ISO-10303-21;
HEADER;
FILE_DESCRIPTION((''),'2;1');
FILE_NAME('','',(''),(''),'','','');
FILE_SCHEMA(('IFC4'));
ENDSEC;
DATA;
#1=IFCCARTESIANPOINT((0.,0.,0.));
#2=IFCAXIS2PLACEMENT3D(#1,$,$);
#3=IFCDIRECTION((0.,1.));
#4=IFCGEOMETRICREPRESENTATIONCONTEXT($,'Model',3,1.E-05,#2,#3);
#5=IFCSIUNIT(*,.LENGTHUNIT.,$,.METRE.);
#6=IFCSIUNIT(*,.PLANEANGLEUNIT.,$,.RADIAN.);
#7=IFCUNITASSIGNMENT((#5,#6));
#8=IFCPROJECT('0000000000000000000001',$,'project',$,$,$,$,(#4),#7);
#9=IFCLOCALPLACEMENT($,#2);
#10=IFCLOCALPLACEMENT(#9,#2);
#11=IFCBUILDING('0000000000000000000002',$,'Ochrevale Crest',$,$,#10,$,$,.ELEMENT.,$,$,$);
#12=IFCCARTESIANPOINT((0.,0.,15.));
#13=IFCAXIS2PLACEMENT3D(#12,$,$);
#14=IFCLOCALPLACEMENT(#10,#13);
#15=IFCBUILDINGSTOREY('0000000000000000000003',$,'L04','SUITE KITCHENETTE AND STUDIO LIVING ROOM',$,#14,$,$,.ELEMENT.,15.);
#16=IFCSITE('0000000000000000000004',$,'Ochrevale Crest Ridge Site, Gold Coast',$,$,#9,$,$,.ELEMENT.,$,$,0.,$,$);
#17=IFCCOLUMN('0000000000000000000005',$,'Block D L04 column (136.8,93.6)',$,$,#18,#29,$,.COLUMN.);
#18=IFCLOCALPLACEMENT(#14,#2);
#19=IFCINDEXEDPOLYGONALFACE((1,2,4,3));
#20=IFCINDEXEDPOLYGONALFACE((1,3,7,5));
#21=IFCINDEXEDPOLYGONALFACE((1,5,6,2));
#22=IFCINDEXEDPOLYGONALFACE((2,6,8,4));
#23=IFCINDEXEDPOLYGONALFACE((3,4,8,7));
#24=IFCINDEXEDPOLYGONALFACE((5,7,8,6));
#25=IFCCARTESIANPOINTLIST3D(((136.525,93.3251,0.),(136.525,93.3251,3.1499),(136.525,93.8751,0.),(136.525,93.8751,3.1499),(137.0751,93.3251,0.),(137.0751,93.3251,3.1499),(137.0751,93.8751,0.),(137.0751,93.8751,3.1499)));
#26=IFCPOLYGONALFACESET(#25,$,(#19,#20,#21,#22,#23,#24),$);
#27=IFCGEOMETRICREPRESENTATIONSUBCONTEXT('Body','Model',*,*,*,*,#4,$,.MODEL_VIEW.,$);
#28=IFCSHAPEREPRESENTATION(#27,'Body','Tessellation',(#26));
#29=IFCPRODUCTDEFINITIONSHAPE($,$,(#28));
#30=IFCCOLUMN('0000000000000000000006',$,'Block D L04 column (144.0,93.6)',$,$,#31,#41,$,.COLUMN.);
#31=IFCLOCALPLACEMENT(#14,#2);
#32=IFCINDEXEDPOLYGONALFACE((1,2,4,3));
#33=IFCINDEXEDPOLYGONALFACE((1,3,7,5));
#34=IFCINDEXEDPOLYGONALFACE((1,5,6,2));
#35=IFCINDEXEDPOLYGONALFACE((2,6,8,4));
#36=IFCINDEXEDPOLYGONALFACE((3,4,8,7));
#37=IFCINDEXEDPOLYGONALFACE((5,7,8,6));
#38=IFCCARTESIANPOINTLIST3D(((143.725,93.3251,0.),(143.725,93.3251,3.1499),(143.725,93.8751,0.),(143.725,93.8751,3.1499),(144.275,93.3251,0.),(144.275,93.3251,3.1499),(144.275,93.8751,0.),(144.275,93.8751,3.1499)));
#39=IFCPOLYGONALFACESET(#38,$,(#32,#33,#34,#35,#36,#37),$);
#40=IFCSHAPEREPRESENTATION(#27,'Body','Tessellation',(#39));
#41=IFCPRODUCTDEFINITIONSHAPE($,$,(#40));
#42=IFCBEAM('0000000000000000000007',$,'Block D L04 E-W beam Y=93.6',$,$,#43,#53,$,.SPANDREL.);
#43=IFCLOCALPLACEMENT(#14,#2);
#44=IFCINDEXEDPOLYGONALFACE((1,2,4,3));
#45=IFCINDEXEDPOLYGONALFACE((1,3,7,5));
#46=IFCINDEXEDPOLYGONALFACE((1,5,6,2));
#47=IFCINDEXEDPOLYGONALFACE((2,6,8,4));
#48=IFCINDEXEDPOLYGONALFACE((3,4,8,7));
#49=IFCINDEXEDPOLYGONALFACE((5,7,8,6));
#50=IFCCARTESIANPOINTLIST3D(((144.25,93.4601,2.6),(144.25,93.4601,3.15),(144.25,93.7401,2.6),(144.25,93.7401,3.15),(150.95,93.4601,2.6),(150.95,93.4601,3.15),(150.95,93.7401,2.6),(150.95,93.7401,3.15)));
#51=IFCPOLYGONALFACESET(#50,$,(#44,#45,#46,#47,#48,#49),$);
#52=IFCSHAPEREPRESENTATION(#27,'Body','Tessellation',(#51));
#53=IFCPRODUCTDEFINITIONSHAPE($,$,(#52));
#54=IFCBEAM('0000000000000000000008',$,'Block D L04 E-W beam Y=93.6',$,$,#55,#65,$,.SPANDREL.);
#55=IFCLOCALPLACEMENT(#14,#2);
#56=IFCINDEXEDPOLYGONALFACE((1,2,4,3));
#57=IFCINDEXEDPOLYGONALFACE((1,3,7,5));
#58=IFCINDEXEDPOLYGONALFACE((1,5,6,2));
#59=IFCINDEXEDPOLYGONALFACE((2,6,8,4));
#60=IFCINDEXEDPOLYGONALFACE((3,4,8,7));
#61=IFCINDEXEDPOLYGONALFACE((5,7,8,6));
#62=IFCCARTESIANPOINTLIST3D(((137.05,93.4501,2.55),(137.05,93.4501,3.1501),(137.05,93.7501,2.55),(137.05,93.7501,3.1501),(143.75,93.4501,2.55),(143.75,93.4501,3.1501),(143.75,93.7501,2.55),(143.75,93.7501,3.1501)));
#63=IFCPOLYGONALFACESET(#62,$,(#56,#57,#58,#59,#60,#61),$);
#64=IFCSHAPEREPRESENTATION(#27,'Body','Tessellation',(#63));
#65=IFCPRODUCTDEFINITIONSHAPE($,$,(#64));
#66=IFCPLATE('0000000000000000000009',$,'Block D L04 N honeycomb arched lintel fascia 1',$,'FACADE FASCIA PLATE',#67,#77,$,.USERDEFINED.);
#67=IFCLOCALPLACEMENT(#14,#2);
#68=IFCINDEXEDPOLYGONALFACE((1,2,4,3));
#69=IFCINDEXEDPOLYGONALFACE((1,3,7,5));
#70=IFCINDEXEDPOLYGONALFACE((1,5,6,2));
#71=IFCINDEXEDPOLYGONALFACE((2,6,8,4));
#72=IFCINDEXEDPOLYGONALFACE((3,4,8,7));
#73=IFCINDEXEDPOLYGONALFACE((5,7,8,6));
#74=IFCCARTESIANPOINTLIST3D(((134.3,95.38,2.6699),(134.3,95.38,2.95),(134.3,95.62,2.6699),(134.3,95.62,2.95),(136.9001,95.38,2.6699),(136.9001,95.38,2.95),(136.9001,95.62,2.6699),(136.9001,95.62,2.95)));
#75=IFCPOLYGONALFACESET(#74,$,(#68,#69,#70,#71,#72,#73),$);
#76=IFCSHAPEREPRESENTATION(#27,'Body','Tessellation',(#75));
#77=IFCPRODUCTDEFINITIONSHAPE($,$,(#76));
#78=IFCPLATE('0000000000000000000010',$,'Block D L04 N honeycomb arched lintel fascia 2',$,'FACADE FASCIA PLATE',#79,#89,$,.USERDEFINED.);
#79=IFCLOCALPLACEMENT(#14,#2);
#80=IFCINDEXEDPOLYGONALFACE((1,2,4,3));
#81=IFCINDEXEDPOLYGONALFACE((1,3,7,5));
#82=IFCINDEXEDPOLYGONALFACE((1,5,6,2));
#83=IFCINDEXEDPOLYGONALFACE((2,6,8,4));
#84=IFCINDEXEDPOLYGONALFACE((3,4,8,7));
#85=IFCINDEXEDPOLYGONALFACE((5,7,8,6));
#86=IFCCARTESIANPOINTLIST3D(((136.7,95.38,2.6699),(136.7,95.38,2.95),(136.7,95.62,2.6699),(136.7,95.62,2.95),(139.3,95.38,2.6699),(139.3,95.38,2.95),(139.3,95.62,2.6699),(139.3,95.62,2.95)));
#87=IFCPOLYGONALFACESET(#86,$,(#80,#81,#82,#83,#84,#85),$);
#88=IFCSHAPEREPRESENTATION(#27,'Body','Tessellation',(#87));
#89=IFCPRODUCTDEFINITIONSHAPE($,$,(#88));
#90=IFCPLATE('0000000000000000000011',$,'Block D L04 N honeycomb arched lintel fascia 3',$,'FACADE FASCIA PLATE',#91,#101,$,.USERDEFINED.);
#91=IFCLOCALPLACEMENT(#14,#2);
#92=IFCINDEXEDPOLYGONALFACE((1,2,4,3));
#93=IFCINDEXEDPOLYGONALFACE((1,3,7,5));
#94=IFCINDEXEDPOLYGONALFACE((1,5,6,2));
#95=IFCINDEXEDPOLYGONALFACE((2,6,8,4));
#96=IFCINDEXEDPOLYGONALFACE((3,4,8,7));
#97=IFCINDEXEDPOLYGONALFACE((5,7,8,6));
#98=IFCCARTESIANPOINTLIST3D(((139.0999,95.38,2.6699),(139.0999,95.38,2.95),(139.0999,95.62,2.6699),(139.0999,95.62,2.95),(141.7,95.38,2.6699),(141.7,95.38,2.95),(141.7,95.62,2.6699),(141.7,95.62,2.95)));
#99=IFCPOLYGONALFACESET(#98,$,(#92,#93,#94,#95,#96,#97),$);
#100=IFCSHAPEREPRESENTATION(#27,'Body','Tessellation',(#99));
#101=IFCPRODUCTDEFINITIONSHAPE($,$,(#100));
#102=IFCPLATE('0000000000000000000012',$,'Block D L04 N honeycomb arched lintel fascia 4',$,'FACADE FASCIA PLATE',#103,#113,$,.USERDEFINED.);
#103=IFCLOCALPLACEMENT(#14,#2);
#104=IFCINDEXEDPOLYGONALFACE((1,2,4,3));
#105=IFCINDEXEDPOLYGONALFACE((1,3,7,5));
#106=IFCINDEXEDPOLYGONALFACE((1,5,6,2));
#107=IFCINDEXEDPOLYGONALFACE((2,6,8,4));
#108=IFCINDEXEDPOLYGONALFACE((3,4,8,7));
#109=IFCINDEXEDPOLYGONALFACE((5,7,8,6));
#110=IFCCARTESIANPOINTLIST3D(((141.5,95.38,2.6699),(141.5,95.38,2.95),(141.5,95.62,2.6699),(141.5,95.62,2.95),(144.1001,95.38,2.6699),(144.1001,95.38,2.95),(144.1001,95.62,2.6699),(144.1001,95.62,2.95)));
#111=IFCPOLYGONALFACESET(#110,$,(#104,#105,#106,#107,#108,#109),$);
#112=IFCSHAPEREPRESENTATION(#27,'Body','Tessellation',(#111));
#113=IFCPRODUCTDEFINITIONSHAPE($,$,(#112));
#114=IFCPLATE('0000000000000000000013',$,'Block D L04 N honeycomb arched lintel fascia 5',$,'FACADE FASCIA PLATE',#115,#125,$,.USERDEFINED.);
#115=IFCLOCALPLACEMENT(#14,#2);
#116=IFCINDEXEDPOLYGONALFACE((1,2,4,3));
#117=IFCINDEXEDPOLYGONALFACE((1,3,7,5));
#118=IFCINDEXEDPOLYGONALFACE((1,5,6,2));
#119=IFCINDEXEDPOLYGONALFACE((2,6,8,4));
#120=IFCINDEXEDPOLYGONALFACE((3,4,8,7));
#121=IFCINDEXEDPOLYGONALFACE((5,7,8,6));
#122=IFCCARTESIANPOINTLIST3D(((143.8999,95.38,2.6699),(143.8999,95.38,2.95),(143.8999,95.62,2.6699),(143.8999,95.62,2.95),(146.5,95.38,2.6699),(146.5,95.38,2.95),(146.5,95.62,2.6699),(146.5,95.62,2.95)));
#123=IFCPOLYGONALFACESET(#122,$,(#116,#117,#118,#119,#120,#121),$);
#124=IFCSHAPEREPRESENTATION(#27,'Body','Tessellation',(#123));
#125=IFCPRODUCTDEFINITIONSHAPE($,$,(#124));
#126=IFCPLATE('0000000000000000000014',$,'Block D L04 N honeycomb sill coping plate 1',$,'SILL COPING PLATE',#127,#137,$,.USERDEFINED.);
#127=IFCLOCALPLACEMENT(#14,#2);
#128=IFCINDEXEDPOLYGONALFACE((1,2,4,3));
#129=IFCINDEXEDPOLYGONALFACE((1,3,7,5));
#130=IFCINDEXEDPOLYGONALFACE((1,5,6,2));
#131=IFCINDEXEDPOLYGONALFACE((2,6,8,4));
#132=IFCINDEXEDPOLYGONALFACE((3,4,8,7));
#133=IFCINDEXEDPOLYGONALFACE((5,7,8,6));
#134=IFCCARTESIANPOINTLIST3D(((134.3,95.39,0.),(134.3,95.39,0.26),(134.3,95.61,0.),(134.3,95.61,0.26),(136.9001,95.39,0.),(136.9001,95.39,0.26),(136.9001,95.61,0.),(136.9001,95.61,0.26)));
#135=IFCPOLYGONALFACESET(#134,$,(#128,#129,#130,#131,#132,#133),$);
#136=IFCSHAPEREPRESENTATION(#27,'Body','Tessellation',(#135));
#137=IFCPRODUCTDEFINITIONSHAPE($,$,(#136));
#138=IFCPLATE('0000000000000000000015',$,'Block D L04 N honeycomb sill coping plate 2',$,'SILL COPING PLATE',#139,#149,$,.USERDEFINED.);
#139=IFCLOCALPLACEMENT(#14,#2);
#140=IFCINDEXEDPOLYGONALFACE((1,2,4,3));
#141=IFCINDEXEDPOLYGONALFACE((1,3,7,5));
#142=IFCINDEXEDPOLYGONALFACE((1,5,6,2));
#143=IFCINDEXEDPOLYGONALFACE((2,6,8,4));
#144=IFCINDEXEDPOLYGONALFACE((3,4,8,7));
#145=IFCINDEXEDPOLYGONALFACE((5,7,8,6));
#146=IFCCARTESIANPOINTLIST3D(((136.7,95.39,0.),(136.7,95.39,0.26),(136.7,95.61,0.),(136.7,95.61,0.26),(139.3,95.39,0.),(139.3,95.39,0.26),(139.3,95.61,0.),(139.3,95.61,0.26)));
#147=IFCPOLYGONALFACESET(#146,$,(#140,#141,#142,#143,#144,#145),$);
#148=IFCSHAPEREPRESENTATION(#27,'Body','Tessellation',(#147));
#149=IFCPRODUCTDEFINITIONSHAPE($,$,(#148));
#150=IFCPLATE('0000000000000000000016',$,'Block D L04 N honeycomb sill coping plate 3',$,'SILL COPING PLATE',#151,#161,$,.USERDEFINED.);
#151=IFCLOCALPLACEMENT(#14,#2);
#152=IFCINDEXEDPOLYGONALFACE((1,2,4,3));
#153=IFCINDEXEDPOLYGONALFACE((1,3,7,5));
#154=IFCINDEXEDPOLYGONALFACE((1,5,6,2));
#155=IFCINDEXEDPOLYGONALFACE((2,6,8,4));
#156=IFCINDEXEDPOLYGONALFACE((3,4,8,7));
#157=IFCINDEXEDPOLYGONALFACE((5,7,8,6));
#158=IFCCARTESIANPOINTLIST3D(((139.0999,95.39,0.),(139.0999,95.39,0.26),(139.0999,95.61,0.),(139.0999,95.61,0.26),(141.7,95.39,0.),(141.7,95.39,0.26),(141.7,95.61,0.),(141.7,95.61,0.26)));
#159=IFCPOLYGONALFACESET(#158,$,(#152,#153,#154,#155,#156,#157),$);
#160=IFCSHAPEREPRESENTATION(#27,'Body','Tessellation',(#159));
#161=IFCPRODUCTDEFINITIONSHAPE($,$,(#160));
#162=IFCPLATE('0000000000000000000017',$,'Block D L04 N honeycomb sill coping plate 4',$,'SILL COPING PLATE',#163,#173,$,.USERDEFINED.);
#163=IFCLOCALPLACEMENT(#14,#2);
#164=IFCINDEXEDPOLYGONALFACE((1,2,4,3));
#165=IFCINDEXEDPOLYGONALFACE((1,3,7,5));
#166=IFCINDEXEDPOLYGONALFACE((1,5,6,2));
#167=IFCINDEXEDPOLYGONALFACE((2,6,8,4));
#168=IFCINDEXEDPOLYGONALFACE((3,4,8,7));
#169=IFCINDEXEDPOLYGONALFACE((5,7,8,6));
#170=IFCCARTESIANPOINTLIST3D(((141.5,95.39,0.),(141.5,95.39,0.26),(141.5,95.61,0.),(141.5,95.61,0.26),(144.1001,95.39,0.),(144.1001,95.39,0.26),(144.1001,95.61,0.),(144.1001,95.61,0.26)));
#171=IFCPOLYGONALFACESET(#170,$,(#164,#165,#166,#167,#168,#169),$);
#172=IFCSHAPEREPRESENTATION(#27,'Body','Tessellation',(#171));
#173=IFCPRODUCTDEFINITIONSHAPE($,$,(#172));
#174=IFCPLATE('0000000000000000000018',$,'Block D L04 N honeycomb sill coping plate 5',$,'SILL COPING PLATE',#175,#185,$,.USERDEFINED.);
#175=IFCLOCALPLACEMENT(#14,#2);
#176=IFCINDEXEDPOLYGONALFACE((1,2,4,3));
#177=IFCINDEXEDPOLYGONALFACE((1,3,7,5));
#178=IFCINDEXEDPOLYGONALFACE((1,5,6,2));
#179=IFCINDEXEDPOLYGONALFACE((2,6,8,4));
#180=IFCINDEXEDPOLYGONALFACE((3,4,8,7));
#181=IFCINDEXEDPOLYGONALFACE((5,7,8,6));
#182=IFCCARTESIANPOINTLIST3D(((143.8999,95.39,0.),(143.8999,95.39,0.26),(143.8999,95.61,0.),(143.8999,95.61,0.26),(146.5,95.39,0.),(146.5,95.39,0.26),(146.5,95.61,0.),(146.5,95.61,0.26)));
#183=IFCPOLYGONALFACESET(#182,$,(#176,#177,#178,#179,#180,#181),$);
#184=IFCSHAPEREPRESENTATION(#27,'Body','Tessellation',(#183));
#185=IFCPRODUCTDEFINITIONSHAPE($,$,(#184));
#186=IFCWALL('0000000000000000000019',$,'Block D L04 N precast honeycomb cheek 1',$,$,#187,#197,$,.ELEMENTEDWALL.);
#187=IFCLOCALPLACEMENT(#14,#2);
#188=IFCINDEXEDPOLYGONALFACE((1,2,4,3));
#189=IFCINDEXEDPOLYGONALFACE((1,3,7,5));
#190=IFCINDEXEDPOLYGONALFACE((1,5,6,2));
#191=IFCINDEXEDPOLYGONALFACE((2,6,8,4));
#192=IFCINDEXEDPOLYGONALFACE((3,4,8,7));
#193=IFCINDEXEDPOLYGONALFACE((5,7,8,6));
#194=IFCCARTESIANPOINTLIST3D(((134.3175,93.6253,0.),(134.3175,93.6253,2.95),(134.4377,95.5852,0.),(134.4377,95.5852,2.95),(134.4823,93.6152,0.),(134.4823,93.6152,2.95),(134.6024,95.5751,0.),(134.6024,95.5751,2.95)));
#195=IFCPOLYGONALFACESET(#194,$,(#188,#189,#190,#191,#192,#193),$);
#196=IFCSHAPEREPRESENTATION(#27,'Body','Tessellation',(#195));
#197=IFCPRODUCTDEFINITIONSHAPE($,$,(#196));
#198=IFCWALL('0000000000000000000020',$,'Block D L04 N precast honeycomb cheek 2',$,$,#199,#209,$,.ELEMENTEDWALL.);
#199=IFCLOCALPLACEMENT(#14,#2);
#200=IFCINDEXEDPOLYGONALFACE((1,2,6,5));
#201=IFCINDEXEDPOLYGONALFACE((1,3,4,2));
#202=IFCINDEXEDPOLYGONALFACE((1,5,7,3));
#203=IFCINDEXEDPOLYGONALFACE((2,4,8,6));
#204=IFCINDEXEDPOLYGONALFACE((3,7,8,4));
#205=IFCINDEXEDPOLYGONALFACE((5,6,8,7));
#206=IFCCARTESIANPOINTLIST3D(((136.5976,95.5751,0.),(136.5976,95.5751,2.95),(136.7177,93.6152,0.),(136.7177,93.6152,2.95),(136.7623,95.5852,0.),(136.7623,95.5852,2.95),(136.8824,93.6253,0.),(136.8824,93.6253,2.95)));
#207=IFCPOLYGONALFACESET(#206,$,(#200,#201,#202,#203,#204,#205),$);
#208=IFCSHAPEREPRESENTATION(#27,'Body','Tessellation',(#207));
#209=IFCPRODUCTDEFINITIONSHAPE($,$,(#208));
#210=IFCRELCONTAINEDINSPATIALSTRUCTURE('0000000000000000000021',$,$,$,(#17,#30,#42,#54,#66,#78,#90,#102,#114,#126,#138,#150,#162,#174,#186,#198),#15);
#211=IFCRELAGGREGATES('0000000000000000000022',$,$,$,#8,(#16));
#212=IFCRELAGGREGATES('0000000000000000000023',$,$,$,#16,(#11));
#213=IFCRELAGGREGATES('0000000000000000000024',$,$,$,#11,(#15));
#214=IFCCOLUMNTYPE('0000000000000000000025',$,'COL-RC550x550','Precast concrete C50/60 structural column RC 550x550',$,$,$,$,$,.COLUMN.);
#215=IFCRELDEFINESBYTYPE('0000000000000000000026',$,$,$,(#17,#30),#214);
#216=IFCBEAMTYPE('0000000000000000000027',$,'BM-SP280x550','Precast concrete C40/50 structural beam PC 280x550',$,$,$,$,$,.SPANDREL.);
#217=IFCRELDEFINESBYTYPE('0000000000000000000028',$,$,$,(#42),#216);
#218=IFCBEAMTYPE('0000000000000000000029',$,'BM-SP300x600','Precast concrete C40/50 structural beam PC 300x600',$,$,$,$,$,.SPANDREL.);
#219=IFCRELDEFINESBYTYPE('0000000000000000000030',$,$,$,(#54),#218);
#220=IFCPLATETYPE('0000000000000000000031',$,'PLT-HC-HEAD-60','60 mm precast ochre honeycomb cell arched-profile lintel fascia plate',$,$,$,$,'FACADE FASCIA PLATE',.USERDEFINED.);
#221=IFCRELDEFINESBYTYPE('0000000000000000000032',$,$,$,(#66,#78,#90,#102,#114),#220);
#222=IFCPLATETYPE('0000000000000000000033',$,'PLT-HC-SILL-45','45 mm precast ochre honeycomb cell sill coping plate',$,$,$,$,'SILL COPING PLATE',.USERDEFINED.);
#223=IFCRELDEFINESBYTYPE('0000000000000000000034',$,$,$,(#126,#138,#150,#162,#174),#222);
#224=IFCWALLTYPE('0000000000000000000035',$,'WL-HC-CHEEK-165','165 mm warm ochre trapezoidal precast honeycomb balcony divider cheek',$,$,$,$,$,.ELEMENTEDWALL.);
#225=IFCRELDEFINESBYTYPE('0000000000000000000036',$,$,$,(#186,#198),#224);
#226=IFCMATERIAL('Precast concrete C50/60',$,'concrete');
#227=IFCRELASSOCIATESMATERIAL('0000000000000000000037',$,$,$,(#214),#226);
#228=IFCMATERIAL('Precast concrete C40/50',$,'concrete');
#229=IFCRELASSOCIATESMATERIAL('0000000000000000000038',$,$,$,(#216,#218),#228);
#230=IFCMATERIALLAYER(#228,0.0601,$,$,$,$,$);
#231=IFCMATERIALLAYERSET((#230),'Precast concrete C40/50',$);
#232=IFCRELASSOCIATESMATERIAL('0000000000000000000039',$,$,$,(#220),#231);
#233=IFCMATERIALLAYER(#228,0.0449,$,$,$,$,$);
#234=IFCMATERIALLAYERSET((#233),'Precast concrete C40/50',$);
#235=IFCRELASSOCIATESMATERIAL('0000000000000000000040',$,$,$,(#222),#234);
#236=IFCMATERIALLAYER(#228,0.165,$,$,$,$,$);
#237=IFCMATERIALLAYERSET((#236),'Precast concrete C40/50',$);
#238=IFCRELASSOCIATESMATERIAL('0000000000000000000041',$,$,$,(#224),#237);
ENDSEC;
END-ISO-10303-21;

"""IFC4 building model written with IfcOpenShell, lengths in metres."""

from ifc_helpers import new_model, si_unit, direction, frame, frame_2d, origin, origin_2d, place, context, subcontext, project, spatial, rectangle, extrude, material, layer, layer_set, material_profile, profile_set, type_object, element, save


model = new_model("IFC4")

# Units and contexts
model_context = context("Model", 3, precision=1e-05, world=origin(), true_north=direction((0.0, 1.0)))
body_context = subcontext(model_context, "Body", "Model", "MODEL_VIEW")
ifc_project = project(units=[si_unit("LENGTHUNIT", "METRE"), si_unit("PLANEANGLEUNIT", "RADIAN")], contexts=[model_context])

# Site, building, storey
site_placement = place(None, origin())
site = spatial("IfcSite", under=ifc_project, at=site_placement, Name="Ochrevale Crest Ridge Site, Gold Coast", CompositionType="ELEMENT", RefElevation=0.0)
building_placement = place(site_placement, origin())
building = spatial("IfcBuilding", under=site, at=building_placement, Name="Ochrevale Crest", CompositionType="ELEMENT")
storey_placement = place(building_placement, frame((0.0, 0.0, 15.0)))
storey = spatial("IfcBuildingStorey", under=building, at=storey_placement, Name="L04", Description="SUITE KITCHENETTE AND STUDIO LIVING ROOM", CompositionType="ELEMENT", Elevation=15.0)

# Columns
ifc_material_1 = material(Name="Precast concrete C50/60", Category="concrete")
ifc_material_profile_1 = material_profile(ifc_material_1, rectangle(XDim=0.55, YDim=0.55, at=origin_2d()), Name="RC 550x550")
ifc_profile_set_1 = profile_set([ifc_material_profile_1], Name="Precast concrete C50/60")
column_type = type_object("IfcColumnType", Name="COL-RC550x550", Description="Precast concrete C50/60 structural column RC 550x550", PredefinedType="COLUMN", material=ifc_profile_set_1)
for number, where, z_axis, x_axis, name in (
    (1, (136.8, 93.6001, 0.0), (0.0, 0.0, 1.0), (1.0, 0.0, 0.0), "Block D L04 column (136.8,93.6)"),
    (2, (144.0, 93.6001, 0.0), (0.0, 0.0, 1.0), (1.0, 0.0, 0.0), "Block D L04 column (144.0,93.6)"),
):
    element("IfcColumn", number, at=place(storey_placement, frame(where, z_axis=z_axis, x_axis=x_axis)), inside=storey, type_object=column_type, Name=name, PredefinedType="COLUMN", context=body_context, shape_type="SweptSolid", body=[
        extrude(rectangle(XDim=0.55, YDim=0.55, at=origin_2d()), origin(), (0.0, 0.0, 1.0), 3.1499),
    ])

# Beams
ifc_material_2 = material(Name="Precast concrete C40/50", Category="concrete")
ifc_material_profile_2 = material_profile(ifc_material_2, rectangle(XDim=0.28, YDim=0.55, at=origin_2d()), Name="PC 280x550")
ifc_profile_set_2 = profile_set([ifc_material_profile_2], Name="Precast concrete C40/50")
beam_type_1 = type_object("IfcBeamType", Name="BM-SP280x550", Description="Precast concrete C40/50 structural beam PC 280x550", PredefinedType="SPANDREL", material=ifc_profile_set_2)
beam_1_placement = place(storey_placement, frame((144.25, 93.6001, 2.875), z_axis=(1.0, 0.0, 0.0), x_axis=(0.0, 1.0, 0.0)))
element("IfcBeam", 3, at=beam_1_placement, inside=storey, type_object=beam_type_1, Name="Block D L04 E-W beam Y=93.6", PredefinedType="SPANDREL", context=body_context, shape_type="SweptSolid", body=[
    extrude(rectangle(XDim=0.28, YDim=0.55, at=origin_2d()), origin(), (0.0, 0.0, 1.0), 6.7),
])
ifc_material_profile_3 = material_profile(ifc_material_2, rectangle(XDim=0.3, YDim=0.6001, at=origin_2d()), Name="PC 300x600")
ifc_profile_set_3 = profile_set([ifc_material_profile_3], Name="Precast concrete C40/50")
beam_type_2 = type_object("IfcBeamType", Name="BM-SP300x600", Description="Precast concrete C40/50 structural beam PC 300x600", PredefinedType="SPANDREL", material=ifc_profile_set_3)
beam_2_placement = place(storey_placement, frame((137.05, 93.6001, 2.8501), z_axis=(1.0, 0.0, 0.0), x_axis=(0.0, 1.0, 0.0)))
element("IfcBeam", 4, at=beam_2_placement, inside=storey, type_object=beam_type_2, Name="Block D L04 E-W beam Y=93.6", PredefinedType="SPANDREL", context=body_context, shape_type="SweptSolid", body=[
    extrude(rectangle(XDim=0.3, YDim=0.6001, at=origin_2d()), origin(), (0.0, 0.0, 1.0), 6.7),
])

# Plates
ifc_layer_1 = layer(ifc_material_2, 0.0601)
ifc_layer_set_1 = layer_set([ifc_layer_1], Name="Precast concrete C40/50")
plate_type_1 = type_object("IfcPlateType", Name="PLT-HC-HEAD-60", Description="60 mm precast ochre honeycomb cell arched-profile lintel fascia plate", ElementType="FACADE FASCIA PLATE", PredefinedType="USERDEFINED", material=ifc_layer_set_1)
for number, where, z_axis, x_axis, name in (
    (5, (135.6001, 95.5, 2.6699), (0.0, 0.0, 1.0), (1.0, 0.0, 0.0), "Block D L04 N honeycomb arched lintel fascia 1"),
    (6, (138.0, 95.5, 2.6699), (0.0, 0.0, 1.0), (1.0, 0.0, 0.0), "Block D L04 N honeycomb arched lintel fascia 2"),
    (7, (140.3999, 95.5, 2.6699), (0.0, 0.0, 1.0), (1.0, 0.0, 0.0), "Block D L04 N honeycomb arched lintel fascia 3"),
    (8, (142.8, 95.5, 2.6699), (0.0, 0.0, 1.0), (1.0, 0.0, 0.0), "Block D L04 N honeycomb arched lintel fascia 4"),
    (9, (145.2, 95.5, 2.6699), (0.0, 0.0, 1.0), (1.0, 0.0, 0.0), "Block D L04 N honeycomb arched lintel fascia 5"),
):
    element("IfcPlate", number, at=place(storey_placement, frame(where, z_axis=z_axis, x_axis=x_axis)), inside=storey, type_object=plate_type_1, Name=name, ObjectType="FACADE FASCIA PLATE", PredefinedType="USERDEFINED", context=body_context, shape_type="SweptSolid", body=[
        extrude(rectangle(XDim=2.6001, YDim=0.24, at=origin_2d()), origin(), (0.0, 0.0, 1.0), 0.28),
    ])
ifc_layer_2 = layer(ifc_material_2, 0.0449)
ifc_layer_set_2 = layer_set([ifc_layer_2], Name="Precast concrete C40/50")
plate_type_2 = type_object("IfcPlateType", Name="PLT-HC-SILL-45", Description="45 mm precast ochre honeycomb cell sill coping plate", ElementType="SILL COPING PLATE", PredefinedType="USERDEFINED", material=ifc_layer_set_2)
for number, where, z_axis, x_axis, name in (
    (10, (135.6001, 95.5, 0.0), (0.0, 0.0, 1.0), (1.0, 0.0, 0.0), "Block D L04 N honeycomb sill coping plate 1"),
    (11, (138.0, 95.5, 0.0), (0.0, 0.0, 1.0), (1.0, 0.0, 0.0), "Block D L04 N honeycomb sill coping plate 2"),
    (12, (140.3999, 95.5, 0.0), (0.0, 0.0, 1.0), (1.0, 0.0, 0.0), "Block D L04 N honeycomb sill coping plate 3"),
    (13, (142.8, 95.5, 0.0), (0.0, 0.0, 1.0), (1.0, 0.0, 0.0), "Block D L04 N honeycomb sill coping plate 4"),
    (14, (145.2, 95.5, 0.0), (0.0, 0.0, 1.0), (1.0, 0.0, 0.0), "Block D L04 N honeycomb sill coping plate 5"),
):
    element("IfcPlate", number, at=place(storey_placement, frame(where, z_axis=z_axis, x_axis=x_axis)), inside=storey, type_object=plate_type_2, Name=name, ObjectType="SILL COPING PLATE", PredefinedType="USERDEFINED", context=body_context, shape_type="SweptSolid", body=[
        extrude(rectangle(XDim=2.6001, YDim=0.22, at=origin_2d()), origin(), (0.0, 0.0, 1.0), 0.26),
    ])

# Walls
ifc_layer_3 = layer(ifc_material_2, 0.165)
ifc_layer_set_3 = layer_set([ifc_layer_3], Name="Precast concrete C40/50")
wall_type_1 = type_object("IfcWallType", Name="WL-HC-CHEEK-165", Description="165 mm warm ochre trapezoidal precast honeycomb balcony divider cheek", PredefinedType="ELEMENTEDWALL", material=ifc_layer_set_3)
for number, where, z_axis, x_axis, name in (
    (15, (134.3999, 93.6201, 0.0), (0.0, 0.0, 1.0), (0.061171, 0.998127, 0.0), "Block D L04 N precast honeycomb cheek 1"),
    (16, (136.8, 93.6201, 0.0), (0.0, 0.0, 1.0), (-0.061171, 0.998127, 0.0), "Block D L04 N precast honeycomb cheek 2"),
):
    element("IfcWall", number, at=place(storey_placement, frame(where, z_axis=z_axis, x_axis=x_axis)), inside=storey, type_object=wall_type_1, Name=name, PredefinedType="ELEMENTEDWALL", context=body_context, shape_type="SweptSolid", body=[
        extrude(rectangle(XDim=1.9636, YDim=0.165, at=frame_2d((0.9819, 0.0))), origin(), (0.0, 0.0, 1.0), 2.95),
    ])

save(model, "model.ifc")
